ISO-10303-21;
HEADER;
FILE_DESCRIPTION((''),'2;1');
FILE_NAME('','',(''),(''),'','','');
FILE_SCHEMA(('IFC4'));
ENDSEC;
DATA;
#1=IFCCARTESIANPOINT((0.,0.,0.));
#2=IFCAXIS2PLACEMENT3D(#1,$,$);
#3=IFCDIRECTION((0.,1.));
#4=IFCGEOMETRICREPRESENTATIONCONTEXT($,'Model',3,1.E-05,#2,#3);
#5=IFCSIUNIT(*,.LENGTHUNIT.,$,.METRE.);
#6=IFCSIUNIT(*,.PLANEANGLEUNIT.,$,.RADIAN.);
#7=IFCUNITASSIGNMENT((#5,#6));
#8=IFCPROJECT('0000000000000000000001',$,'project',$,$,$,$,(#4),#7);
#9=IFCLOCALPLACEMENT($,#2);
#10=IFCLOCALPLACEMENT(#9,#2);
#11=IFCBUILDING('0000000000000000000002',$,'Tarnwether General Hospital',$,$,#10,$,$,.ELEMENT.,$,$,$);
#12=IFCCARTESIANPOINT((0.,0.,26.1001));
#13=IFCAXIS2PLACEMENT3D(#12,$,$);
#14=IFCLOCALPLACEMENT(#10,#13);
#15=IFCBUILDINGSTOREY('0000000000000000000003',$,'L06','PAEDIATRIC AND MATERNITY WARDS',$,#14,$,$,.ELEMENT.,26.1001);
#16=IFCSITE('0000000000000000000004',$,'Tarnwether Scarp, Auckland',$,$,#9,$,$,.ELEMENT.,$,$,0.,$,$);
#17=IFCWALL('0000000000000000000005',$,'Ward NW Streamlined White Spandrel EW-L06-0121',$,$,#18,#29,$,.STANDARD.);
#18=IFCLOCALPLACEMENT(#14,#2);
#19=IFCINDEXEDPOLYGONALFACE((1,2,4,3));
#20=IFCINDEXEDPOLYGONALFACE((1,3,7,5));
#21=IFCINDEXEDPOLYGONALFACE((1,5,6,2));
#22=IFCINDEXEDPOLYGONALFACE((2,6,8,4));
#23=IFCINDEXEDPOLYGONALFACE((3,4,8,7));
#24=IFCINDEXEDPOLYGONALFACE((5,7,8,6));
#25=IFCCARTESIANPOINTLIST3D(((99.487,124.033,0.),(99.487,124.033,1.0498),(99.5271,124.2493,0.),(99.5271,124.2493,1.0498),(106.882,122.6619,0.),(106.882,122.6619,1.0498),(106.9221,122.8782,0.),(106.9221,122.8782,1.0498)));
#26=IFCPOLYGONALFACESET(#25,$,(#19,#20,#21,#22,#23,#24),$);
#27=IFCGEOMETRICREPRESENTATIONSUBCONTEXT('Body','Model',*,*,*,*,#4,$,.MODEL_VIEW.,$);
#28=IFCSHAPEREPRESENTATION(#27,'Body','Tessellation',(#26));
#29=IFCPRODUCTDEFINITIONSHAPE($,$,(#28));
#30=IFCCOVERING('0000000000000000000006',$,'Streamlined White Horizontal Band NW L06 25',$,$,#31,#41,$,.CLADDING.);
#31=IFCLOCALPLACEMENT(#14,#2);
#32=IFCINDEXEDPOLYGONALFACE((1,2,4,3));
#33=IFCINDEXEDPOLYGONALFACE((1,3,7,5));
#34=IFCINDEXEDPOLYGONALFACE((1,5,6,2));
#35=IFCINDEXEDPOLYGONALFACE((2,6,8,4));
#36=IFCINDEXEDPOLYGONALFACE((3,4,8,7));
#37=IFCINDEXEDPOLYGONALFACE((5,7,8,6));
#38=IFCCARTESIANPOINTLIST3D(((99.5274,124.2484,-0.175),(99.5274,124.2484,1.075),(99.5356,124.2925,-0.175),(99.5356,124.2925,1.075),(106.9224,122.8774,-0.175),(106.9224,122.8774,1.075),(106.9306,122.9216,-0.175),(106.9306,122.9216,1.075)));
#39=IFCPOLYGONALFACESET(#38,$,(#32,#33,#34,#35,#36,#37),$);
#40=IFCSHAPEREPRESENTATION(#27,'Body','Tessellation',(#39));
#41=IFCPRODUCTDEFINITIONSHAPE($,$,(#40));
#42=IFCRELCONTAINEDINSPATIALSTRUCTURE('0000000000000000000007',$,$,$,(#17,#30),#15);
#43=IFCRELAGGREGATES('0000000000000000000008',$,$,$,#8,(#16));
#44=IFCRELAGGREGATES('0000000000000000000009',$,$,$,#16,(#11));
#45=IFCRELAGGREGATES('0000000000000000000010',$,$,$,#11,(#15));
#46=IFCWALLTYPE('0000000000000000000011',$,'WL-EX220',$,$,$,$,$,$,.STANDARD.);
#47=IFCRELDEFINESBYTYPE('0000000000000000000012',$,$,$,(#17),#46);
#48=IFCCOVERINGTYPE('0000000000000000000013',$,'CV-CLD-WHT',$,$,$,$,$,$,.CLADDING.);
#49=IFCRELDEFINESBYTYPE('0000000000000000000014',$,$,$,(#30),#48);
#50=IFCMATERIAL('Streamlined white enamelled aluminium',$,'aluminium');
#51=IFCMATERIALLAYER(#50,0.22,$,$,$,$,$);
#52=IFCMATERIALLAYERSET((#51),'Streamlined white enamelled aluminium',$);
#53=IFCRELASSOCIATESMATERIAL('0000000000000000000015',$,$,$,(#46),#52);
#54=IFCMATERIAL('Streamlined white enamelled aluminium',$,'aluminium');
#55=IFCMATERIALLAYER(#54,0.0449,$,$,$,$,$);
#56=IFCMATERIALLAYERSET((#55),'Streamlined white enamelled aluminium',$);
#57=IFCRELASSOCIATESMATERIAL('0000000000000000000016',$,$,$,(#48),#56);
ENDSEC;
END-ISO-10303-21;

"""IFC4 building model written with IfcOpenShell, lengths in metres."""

from ifc_helpers import new_model, si_unit, direction, frame, frame_2d, origin, origin_2d, place, context, subcontext, project, spatial, rectangle, extrude, material, layer, layer_set, type_object, element, save


model = new_model("IFC4")

# Units and contexts
model_context = context("Model", 3, precision=1e-05, world=origin(), true_north=direction((0.0, 1.0)))
body_context = subcontext(model_context, "Body", "Model", "MODEL_VIEW")
ifc_project = project(units=[si_unit("LENGTHUNIT", "METRE"), si_unit("PLANEANGLEUNIT", "RADIAN")], contexts=[model_context])

# Site, building, storey
site_placement = place(None, origin())
site = spatial("IfcSite", under=ifc_project, at=site_placement, Name="Tarnwether Scarp, Auckland", CompositionType="ELEMENT", RefElevation=0.0)
building_placement = place(site_placement, origin())
building = spatial("IfcBuilding", under=site, at=building_placement, Name="Tarnwether General Hospital", CompositionType="ELEMENT")
storey_placement = place(building_placement, frame((0.0, 0.0, 26.1001)))
storey = spatial("IfcBuildingStorey", under=building, at=storey_placement, Name="L06", Description="PAEDIATRIC AND MATERNITY WARDS", CompositionType="ELEMENT", Elevation=26.1001)

# Wall
ifc_material_1 = material(Name="Streamlined white enamelled aluminium", Category="aluminium")
ifc_layer_1 = layer(ifc_material_1, 0.22)
ifc_layer_set_1 = layer_set([ifc_layer_1], Name="Streamlined white enamelled aluminium")
wall_type = type_object("IfcWallType", Name="WL-EX220", PredefinedType="STANDARD", material=ifc_layer_set_1)
wall_1_placement = place(storey_placement, frame((99.5071, 124.1411, 0.0), z_axis=(0.0, 0.0, 1.0), x_axis=(0.983243, -0.182301, 0.0)))
element("IfcWall", 1, at=wall_1_placement, inside=storey, type_object=wall_type, Name="Ward NW Streamlined White Spandrel EW-L06-0121", PredefinedType="STANDARD", context=body_context, shape_type="SweptSolid", body=[
    extrude(rectangle(XDim=7.521, YDim=0.22, at=frame_2d((3.7605, 0.0))), origin(), (0.0, 0.0, 1.0), 1.0498),
])

# Covering
ifc_material_2 = material(Name="Streamlined white enamelled aluminium", Category="aluminium")
ifc_layer_2 = layer(ifc_material_2, 0.0449)
ifc_layer_set_2 = layer_set([ifc_layer_2], Name="Streamlined white enamelled aluminium")
covering_type = type_object("IfcCoveringType", Name="CV-CLD-WHT", PredefinedType="CLADDING", material=ifc_layer_set_2)
covering_placement = place(storey_placement, frame((103.229, 123.585, -0.175), z_axis=(0.0, 0.0, 1.0), x_axis=(0.983245, -0.182287, 0.0)))
element("IfcCovering", 2, at=covering_placement, inside=storey, type_object=covering_type, Name="Streamlined White Horizontal Band NW L06 25", PredefinedType="CLADDING", context=body_context, shape_type="SweptSolid", body=[
    extrude(rectangle(XDim=7.521, YDim=0.0449, at=origin_2d()), origin(), (0.0, 0.0, 1.0), 1.25),
])

save(model, "model.ifc")
